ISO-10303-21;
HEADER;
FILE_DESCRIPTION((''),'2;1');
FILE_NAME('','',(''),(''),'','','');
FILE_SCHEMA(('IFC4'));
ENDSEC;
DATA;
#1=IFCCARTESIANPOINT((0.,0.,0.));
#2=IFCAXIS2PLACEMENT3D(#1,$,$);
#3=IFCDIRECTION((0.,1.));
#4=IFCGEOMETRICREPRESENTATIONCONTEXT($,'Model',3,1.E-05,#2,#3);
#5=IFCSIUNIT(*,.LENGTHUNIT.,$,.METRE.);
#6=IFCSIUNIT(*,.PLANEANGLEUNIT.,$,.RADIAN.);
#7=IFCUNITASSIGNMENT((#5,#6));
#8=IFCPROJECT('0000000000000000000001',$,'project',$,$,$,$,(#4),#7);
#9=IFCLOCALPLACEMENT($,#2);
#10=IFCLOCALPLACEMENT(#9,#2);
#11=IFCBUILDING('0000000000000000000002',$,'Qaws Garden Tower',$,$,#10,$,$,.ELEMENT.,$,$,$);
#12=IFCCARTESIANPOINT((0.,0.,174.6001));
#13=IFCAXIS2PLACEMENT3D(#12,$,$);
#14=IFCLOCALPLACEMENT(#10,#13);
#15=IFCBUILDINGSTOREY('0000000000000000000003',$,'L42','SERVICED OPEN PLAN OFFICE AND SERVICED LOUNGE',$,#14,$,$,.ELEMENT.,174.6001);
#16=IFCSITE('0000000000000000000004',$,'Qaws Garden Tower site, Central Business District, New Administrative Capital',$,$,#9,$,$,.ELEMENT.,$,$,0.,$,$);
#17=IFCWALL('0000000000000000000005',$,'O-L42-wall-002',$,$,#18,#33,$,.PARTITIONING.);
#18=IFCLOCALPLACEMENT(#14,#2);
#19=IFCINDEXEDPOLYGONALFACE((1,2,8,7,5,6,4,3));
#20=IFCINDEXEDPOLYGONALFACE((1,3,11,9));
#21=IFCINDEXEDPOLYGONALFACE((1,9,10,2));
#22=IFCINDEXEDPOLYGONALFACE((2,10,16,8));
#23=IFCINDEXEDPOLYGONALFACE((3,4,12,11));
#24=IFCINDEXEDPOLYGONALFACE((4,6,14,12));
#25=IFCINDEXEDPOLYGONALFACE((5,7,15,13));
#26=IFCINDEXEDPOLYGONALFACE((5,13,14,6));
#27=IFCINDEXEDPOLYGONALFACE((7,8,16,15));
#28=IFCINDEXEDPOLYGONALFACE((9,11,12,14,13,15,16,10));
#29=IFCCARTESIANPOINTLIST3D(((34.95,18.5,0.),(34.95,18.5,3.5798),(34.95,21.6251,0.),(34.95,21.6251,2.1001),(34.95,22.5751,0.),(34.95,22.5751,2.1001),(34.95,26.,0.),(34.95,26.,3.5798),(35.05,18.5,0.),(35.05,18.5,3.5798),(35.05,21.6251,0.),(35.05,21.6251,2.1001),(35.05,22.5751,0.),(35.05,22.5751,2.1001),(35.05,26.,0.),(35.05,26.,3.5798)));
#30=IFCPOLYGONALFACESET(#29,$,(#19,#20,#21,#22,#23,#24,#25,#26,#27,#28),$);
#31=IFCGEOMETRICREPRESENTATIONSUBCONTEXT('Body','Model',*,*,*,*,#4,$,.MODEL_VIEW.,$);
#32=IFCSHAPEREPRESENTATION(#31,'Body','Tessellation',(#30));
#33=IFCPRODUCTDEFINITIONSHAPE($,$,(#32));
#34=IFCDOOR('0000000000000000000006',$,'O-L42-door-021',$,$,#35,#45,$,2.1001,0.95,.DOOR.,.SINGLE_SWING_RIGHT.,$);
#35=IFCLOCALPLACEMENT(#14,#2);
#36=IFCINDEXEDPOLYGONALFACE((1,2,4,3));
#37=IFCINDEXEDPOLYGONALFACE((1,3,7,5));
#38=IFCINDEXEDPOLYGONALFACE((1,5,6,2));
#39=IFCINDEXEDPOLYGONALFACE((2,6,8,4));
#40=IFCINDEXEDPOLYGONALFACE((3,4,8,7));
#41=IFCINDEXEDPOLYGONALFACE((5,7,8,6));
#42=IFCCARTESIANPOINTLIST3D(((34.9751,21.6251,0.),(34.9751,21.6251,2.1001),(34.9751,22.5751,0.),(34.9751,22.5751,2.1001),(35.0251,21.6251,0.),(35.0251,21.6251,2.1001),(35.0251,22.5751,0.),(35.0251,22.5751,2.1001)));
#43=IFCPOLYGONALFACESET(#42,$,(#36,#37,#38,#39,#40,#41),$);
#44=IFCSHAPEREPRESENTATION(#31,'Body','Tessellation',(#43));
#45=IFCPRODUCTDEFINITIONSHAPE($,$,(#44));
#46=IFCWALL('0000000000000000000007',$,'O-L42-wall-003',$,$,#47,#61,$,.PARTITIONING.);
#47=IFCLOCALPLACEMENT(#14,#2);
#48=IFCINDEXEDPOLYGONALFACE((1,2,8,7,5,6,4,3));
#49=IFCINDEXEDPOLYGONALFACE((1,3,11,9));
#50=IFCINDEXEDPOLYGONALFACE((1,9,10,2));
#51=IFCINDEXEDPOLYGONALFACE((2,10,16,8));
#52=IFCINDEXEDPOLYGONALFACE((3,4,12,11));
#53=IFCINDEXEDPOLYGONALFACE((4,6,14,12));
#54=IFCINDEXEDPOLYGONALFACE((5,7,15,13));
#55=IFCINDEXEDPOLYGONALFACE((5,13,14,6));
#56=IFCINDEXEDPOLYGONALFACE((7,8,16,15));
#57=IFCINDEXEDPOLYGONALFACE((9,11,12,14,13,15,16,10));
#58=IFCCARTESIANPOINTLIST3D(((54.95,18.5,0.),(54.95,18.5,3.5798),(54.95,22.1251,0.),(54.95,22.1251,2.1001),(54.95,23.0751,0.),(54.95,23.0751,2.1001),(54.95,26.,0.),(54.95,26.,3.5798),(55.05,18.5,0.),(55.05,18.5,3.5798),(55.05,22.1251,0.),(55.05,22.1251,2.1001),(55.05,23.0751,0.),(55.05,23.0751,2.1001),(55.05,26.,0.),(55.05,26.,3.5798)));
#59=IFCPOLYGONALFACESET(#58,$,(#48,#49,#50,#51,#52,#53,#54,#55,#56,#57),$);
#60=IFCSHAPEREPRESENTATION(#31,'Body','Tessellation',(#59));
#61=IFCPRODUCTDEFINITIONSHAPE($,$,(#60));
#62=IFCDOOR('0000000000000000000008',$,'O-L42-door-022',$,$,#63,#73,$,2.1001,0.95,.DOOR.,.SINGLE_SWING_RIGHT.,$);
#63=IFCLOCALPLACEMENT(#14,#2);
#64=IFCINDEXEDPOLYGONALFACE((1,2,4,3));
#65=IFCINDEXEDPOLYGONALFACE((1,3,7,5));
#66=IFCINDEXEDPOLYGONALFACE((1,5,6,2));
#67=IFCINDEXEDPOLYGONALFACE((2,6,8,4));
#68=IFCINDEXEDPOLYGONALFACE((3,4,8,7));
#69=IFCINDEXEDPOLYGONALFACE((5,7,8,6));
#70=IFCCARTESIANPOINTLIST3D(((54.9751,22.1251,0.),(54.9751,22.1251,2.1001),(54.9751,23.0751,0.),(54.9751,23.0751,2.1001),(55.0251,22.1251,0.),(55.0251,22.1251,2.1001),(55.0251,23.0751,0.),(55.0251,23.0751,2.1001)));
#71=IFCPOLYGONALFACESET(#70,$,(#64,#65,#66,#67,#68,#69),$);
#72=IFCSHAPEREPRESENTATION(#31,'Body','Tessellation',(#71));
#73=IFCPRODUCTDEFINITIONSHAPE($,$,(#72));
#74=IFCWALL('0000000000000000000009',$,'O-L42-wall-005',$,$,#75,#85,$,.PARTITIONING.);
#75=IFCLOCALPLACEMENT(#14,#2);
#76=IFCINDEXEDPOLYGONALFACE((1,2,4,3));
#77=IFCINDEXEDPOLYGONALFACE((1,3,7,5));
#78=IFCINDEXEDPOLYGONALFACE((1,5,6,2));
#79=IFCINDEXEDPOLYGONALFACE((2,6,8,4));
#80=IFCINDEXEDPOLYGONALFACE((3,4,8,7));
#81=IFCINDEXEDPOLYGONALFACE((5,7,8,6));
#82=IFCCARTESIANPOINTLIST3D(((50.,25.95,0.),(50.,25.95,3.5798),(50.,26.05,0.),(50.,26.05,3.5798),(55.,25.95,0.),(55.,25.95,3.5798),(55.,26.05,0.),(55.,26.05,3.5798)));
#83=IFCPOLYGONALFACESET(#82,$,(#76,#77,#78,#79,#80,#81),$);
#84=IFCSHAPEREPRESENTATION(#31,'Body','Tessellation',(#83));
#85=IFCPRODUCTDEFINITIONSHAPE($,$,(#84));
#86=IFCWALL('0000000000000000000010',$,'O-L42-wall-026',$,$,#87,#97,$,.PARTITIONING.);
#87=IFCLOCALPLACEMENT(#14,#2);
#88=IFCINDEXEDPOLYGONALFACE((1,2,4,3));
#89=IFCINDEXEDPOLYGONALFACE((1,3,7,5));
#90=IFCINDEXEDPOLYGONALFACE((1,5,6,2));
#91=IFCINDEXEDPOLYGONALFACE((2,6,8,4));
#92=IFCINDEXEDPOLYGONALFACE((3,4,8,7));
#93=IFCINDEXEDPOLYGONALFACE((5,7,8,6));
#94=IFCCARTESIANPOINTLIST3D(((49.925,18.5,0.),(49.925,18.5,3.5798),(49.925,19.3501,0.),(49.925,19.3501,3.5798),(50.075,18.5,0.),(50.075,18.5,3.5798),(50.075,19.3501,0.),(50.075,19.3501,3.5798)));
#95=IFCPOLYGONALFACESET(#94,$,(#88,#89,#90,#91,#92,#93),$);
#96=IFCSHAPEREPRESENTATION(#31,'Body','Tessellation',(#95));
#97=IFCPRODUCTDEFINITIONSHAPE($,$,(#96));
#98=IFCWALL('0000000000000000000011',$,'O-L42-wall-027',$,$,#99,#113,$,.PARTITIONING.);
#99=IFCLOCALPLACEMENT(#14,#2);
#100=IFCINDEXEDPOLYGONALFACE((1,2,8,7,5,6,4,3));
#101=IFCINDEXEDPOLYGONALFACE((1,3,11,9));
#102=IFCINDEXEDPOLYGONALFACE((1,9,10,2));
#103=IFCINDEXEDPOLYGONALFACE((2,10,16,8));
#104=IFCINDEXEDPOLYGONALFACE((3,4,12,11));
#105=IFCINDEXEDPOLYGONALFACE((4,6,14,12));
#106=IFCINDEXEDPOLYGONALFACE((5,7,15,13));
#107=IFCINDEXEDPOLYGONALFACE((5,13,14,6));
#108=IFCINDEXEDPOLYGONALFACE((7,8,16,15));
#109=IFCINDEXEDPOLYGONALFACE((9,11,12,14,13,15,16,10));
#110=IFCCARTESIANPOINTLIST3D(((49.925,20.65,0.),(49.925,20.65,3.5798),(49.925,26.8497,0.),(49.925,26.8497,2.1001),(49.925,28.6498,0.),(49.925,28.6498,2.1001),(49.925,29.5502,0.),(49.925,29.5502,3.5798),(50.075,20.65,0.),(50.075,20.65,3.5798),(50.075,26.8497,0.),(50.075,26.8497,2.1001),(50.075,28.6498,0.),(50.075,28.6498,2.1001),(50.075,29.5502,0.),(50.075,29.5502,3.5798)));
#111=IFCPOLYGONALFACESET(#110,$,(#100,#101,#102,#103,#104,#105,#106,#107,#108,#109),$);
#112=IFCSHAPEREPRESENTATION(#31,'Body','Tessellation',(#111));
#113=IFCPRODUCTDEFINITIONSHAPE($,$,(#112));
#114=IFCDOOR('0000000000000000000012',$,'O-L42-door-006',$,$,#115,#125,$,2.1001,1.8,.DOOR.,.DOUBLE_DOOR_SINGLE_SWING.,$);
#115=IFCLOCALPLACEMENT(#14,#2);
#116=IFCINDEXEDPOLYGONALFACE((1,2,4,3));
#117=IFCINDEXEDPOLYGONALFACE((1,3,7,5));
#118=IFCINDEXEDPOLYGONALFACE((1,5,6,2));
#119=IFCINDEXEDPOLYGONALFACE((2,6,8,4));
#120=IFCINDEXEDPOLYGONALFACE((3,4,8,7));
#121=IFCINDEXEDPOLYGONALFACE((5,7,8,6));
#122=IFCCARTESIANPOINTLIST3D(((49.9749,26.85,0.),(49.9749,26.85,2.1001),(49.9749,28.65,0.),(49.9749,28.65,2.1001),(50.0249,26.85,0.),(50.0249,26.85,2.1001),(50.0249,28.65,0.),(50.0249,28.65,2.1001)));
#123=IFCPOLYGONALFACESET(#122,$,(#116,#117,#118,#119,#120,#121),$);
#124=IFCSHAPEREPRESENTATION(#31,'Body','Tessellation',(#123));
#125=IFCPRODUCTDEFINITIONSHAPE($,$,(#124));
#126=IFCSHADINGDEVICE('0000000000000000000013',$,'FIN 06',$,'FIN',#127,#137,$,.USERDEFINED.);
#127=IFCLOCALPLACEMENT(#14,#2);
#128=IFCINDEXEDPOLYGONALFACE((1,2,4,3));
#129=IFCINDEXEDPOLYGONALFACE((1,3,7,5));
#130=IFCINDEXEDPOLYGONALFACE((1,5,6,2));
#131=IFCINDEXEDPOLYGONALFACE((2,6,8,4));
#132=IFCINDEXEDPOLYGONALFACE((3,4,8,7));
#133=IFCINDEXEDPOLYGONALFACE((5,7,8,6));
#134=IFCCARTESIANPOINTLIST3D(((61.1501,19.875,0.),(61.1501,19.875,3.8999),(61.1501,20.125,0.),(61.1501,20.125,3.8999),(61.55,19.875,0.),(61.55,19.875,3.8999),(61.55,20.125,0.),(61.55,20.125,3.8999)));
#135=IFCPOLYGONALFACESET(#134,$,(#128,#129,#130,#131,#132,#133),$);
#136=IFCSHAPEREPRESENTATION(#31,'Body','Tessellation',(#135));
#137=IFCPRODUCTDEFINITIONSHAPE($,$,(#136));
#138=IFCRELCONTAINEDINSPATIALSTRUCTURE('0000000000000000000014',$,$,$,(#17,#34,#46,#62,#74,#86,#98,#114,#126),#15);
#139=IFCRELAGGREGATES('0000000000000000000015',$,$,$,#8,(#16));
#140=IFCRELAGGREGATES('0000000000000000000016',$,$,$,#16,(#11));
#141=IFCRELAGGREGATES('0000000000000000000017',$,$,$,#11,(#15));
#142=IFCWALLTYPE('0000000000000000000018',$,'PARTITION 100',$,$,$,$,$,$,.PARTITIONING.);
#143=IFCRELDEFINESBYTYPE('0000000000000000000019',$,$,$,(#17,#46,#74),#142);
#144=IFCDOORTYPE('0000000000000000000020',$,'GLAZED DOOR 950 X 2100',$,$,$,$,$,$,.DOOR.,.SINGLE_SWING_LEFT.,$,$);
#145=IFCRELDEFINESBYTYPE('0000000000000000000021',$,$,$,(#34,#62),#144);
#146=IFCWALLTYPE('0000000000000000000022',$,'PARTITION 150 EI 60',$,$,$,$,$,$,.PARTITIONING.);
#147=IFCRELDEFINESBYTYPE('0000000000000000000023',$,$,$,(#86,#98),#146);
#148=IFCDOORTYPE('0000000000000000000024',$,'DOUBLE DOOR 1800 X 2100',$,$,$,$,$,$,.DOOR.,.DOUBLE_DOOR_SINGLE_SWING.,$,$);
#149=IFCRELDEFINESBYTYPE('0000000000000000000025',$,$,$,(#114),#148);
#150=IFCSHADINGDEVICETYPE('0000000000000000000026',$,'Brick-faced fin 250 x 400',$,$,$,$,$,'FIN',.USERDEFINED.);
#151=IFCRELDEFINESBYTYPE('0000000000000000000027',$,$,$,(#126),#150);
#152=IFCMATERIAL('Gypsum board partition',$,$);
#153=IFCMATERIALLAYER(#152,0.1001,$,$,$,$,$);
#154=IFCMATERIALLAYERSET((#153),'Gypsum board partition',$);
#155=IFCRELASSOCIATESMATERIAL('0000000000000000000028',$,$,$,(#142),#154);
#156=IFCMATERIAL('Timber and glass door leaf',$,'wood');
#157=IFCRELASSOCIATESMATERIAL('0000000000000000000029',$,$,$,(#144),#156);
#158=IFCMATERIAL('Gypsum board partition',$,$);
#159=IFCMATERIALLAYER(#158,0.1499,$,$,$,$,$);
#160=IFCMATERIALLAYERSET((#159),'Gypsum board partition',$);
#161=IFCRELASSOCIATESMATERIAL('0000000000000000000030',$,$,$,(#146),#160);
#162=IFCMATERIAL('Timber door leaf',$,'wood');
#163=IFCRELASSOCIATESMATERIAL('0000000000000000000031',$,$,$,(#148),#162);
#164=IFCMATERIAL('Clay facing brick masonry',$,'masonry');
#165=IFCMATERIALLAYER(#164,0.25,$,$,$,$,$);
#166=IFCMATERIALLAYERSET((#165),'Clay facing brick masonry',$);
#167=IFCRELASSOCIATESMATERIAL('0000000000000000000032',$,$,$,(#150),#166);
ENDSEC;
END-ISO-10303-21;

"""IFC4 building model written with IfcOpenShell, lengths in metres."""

from ifc_helpers import new_model, si_unit, direction, frame, frame_2d, origin, origin_2d, place, context, subcontext, project, spatial, rectangle, extrude, material, layer, layer_set, type_object, element, fill, save


model = new_model("IFC4")

# Units and contexts
model_context = context("Model", 3, precision=1e-05, world=origin(), true_north=direction((0.0, 1.0)))
body_context = subcontext(model_context, "Body", "Model", "MODEL_VIEW")
ifc_project = project(units=[si_unit("LENGTHUNIT", "METRE"), si_unit("PLANEANGLEUNIT", "RADIAN")], contexts=[model_context])

# Site, building, storey
site_placement = place(None, origin())
site = spatial("IfcSite", under=ifc_project, at=site_placement, Name="Qaws Garden Tower site, Central Business District, New Administrative Capital", CompositionType="ELEMENT", RefElevation=0.0)
building_placement = place(site_placement, origin())
building = spatial("IfcBuilding", under=site, at=building_placement, Name="Qaws Garden Tower", CompositionType="ELEMENT")
storey_placement = place(building_placement, frame((0.0, 0.0, 174.6001)))
storey = spatial("IfcBuildingStorey", under=building, at=storey_placement, Name="L42", Description="SERVICED OPEN PLAN OFFICE AND SERVICED LOUNGE", CompositionType="ELEMENT", Elevation=174.6001)

# Walls, openings, doors
ifc_material_1 = material(Name="Gypsum board partition")
ifc_layer_1 = layer(ifc_material_1, 0.1001)
ifc_layer_set_1 = layer_set([ifc_layer_1], Name="Gypsum board partition")
wall_type_1 = type_object("IfcWallType", Name="PARTITION 100", PredefinedType="PARTITIONING", material=ifc_layer_set_1)
wall_1_placement = place(storey_placement, frame((35.0, 18.5, 0.0), z_axis=(0.0, 0.0, 1.0), x_axis=(0.0, 1.0, 0.0)))
wall_1 = element("IfcWall", 1, at=wall_1_placement, inside=storey, type_object=wall_type_1, Name="O-L42-wall-002", PredefinedType="PARTITIONING", context=body_context, shape_type="SweptSolid", body=[
    extrude(rectangle(XDim=7.5, YDim=0.1001, at=frame_2d((3.75, 0.0))), origin(), (0.0, 0.0, 1.0), 3.5798),
])
opening_1_placement = place(wall_1_placement, frame((3.125, 0.0, 0.0)))
opening_1 = element("IfcOpeningElement", 2, at=opening_1_placement, cuts=wall_1, PredefinedType="OPENING", context=body_context, shape_type="SweptSolid", body=[
    extrude(rectangle(XDim=0.95, YDim=2.1001, at=frame_2d((0.4751, 1.05))), frame((0.0, 0.0601, 0.0), z_axis=(0.0, -1.0, 0.0), x_axis=(1.0, 0.0, 0.0)), (0.0, 0.0, 1.0), 0.1201),
])
ifc_material_2 = material(Name="Timber and glass door leaf", Category="wood")
door_type_1 = type_object("IfcDoorType", Name="GLAZED DOOR 950 X 2100", OperationType="SINGLE_SWING_LEFT", PredefinedType="DOOR", material=ifc_material_2)
door_1_placement = place(opening_1_placement, origin())
door_1 = element("IfcDoor", 3, at=door_1_placement, inside=storey, type_object=door_type_1, Name="O-L42-door-021", OperationType="SINGLE_SWING_RIGHT", OverallHeight=2.1001, OverallWidth=0.95, PredefinedType="DOOR", context=body_context, shape_type="SweptSolid", body=[
    extrude(rectangle(XDim=0.95, YDim=2.1001, at=frame_2d((0.4751, 1.05))), frame((0.0, 0.0249, 0.0), z_axis=(0.0, -1.0, 0.0), x_axis=(1.0, 0.0, 0.0)), (0.0, 0.0, 1.0), 0.05),
])
fill(opening_1, door_1)
wall_2_placement = place(storey_placement, frame((55.0, 18.5, 0.0), z_axis=(0.0, 0.0, 1.0), x_axis=(0.0, 1.0, 0.0)))
wall_2 = element("IfcWall", 4, at=wall_2_placement, inside=storey, type_object=wall_type_1, Name="O-L42-wall-003", PredefinedType="PARTITIONING", context=body_context, shape_type="SweptSolid", body=[
    extrude(rectangle(XDim=7.5, YDim=0.1001, at=frame_2d((3.75, 0.0))), origin(), (0.0, 0.0, 1.0), 3.5798),
])
opening_2_placement = place(wall_2_placement, frame((3.625, 0.0, 0.0)))
opening_2 = element("IfcOpeningElement", 5, at=opening_2_placement, cuts=wall_2, PredefinedType="OPENING", context=body_context, shape_type="SweptSolid", body=[
    extrude(rectangle(XDim=0.95, YDim=2.1001, at=frame_2d((0.4751, 1.05))), frame((0.0, 0.0601, 0.0), z_axis=(0.0, -1.0, 0.0), x_axis=(1.0, 0.0, 0.0)), (0.0, 0.0, 1.0), 0.1201),
])
door_2_placement = place(opening_2_placement, origin())
door_2 = element("IfcDoor", 6, at=door_2_placement, inside=storey, type_object=door_type_1, Name="O-L42-door-022", OperationType="SINGLE_SWING_RIGHT", OverallHeight=2.1001, OverallWidth=0.95, PredefinedType="DOOR", context=body_context, shape_type="SweptSolid", body=[
    extrude(rectangle(XDim=0.95, YDim=2.1001, at=frame_2d((0.4751, 1.05))), frame((0.0, 0.0249, 0.0), z_axis=(0.0, -1.0, 0.0), x_axis=(1.0, 0.0, 0.0)), (0.0, 0.0, 1.0), 0.05),
])
fill(opening_2, door_2)

# Walls
wall_3_placement = place(storey_placement, frame((50.0, 26.0, 0.0), z_axis=(0.0, 0.0, 1.0), x_axis=(1.0, 0.0, 0.0)))
element("IfcWall", 7, at=wall_3_placement, inside=storey, type_object=wall_type_1, Name="O-L42-wall-005", PredefinedType="PARTITIONING", context=body_context, shape_type="SweptSolid", body=[
    extrude(rectangle(XDim=5.0, YDim=0.1001, at=frame_2d((2.5, 0.0))), origin(), (0.0, 0.0, 1.0), 3.5798),
])
ifc_material_3 = material(Name="Gypsum board partition")
ifc_layer_2 = layer(ifc_material_3, 0.1499)
ifc_layer_set_2 = layer_set([ifc_layer_2], Name="Gypsum board partition")
wall_type_2 = type_object("IfcWallType", Name="PARTITION 150 EI 60", PredefinedType="PARTITIONING", material=ifc_layer_set_2)
wall_4_placement = place(storey_placement, frame((50.0, 18.5, 0.0), z_axis=(0.0, 0.0, 1.0), x_axis=(0.0, 1.0, 0.0)))
element("IfcWall", 8, at=wall_4_placement, inside=storey, type_object=wall_type_2, Name="O-L42-wall-026", PredefinedType="PARTITIONING", context=body_context, shape_type="SweptSolid", body=[
    extrude(rectangle(XDim=0.8501, YDim=0.1499, at=frame_2d((0.425, 0.0))), origin(), (0.0, 0.0, 1.0), 3.5798),
])

# Wall, opening, door
wall_5_placement = place(storey_placement, frame((50.0, 20.6499, 0.0), z_axis=(0.0, 0.0, 1.0), x_axis=(0.0, 1.0, 0.0)))
wall_5 = element("IfcWall", 9, at=wall_5_placement, inside=storey, type_object=wall_type_2, Name="O-L42-wall-027", PredefinedType="PARTITIONING", context=body_context, shape_type="SweptSolid", body=[
    extrude(rectangle(XDim=8.9001, YDim=0.1499, at=frame_2d((4.4502, 0.0))), origin(), (0.0, 0.0, 1.0), 3.5798),
])
opening_3_placement = place(wall_5_placement, frame((6.2, 0.0, 0.0)))
opening_3 = element("IfcOpeningElement", 10, at=opening_3_placement, cuts=wall_5, PredefinedType="OPENING", context=body_context, shape_type="SweptSolid", body=[
    extrude(rectangle(XDim=1.8, YDim=2.1001, at=frame_2d((0.8999, 1.05))), frame((0.0, 0.085, 0.0), z_axis=(0.0, -1.0, 0.0), x_axis=(1.0, 0.0, 0.0)), (0.0, 0.0, 1.0), 0.1699),
])
ifc_material_4 = material(Name="Timber door leaf", Category="wood")
door_type_2 = type_object("IfcDoorType", Name="DOUBLE DOOR 1800 X 2100", OperationType="DOUBLE_DOOR_SINGLE_SWING", PredefinedType="DOOR", material=ifc_material_4)
door_3_placement = place(opening_3_placement, frame((1.8, 0.0, 0.0), z_axis=(0.0, 0.0, 1.0), x_axis=(-1.0, 0.0, 0.0)))
door_3 = element("IfcDoor", 11, at=door_3_placement, inside=storey, type_object=door_type_2, Name="O-L42-door-006", OperationType="DOUBLE_DOOR_SINGLE_SWING", OverallHeight=2.1001, OverallWidth=1.8, PredefinedType="DOOR", context=body_context, shape_type="SweptSolid", body=[
    extrude(rectangle(XDim=1.8, YDim=2.1001, at=frame_2d((0.8999, 1.05))), frame((0.0, 0.0249, 0.0), z_axis=(0.0, -1.0, 0.0), x_axis=(1.0, 0.0, 0.0)), (0.0, 0.0, 1.0), 0.05),
])
fill(opening_3, door_3)

# Shading device
ifc_material_5 = material(Name="Clay facing brick masonry", Category="masonry")
ifc_layer_3 = layer(ifc_material_5, 0.25)
ifc_layer_set_3 = layer_set([ifc_layer_3], Name="Clay facing brick masonry")
shading_device_type = type_object("IfcShadingDeviceType", Name="Brick-faced fin 250 x 400", ElementType="FIN", PredefinedType="USERDEFINED", material=ifc_layer_set_3)
shading_device_placement = place(storey_placement, frame((61.3501, 20.0, 0.0), z_axis=(0.0, 0.0, 1.0), x_axis=(0.0, 1.0, 0.0)))
element("IfcShadingDevice", 12, at=shading_device_placement, inside=storey, type_object=shading_device_type, Name="FIN 06", ObjectType="FIN", PredefinedType="USERDEFINED", context=body_context, shape_type="SweptSolid", body=[
    extrude(rectangle(XDim=0.25, YDim=0.3999, at=origin_2d()), origin(), (0.0, 0.0, 1.0), 3.8999),
])

save(model, "model.ifc")
